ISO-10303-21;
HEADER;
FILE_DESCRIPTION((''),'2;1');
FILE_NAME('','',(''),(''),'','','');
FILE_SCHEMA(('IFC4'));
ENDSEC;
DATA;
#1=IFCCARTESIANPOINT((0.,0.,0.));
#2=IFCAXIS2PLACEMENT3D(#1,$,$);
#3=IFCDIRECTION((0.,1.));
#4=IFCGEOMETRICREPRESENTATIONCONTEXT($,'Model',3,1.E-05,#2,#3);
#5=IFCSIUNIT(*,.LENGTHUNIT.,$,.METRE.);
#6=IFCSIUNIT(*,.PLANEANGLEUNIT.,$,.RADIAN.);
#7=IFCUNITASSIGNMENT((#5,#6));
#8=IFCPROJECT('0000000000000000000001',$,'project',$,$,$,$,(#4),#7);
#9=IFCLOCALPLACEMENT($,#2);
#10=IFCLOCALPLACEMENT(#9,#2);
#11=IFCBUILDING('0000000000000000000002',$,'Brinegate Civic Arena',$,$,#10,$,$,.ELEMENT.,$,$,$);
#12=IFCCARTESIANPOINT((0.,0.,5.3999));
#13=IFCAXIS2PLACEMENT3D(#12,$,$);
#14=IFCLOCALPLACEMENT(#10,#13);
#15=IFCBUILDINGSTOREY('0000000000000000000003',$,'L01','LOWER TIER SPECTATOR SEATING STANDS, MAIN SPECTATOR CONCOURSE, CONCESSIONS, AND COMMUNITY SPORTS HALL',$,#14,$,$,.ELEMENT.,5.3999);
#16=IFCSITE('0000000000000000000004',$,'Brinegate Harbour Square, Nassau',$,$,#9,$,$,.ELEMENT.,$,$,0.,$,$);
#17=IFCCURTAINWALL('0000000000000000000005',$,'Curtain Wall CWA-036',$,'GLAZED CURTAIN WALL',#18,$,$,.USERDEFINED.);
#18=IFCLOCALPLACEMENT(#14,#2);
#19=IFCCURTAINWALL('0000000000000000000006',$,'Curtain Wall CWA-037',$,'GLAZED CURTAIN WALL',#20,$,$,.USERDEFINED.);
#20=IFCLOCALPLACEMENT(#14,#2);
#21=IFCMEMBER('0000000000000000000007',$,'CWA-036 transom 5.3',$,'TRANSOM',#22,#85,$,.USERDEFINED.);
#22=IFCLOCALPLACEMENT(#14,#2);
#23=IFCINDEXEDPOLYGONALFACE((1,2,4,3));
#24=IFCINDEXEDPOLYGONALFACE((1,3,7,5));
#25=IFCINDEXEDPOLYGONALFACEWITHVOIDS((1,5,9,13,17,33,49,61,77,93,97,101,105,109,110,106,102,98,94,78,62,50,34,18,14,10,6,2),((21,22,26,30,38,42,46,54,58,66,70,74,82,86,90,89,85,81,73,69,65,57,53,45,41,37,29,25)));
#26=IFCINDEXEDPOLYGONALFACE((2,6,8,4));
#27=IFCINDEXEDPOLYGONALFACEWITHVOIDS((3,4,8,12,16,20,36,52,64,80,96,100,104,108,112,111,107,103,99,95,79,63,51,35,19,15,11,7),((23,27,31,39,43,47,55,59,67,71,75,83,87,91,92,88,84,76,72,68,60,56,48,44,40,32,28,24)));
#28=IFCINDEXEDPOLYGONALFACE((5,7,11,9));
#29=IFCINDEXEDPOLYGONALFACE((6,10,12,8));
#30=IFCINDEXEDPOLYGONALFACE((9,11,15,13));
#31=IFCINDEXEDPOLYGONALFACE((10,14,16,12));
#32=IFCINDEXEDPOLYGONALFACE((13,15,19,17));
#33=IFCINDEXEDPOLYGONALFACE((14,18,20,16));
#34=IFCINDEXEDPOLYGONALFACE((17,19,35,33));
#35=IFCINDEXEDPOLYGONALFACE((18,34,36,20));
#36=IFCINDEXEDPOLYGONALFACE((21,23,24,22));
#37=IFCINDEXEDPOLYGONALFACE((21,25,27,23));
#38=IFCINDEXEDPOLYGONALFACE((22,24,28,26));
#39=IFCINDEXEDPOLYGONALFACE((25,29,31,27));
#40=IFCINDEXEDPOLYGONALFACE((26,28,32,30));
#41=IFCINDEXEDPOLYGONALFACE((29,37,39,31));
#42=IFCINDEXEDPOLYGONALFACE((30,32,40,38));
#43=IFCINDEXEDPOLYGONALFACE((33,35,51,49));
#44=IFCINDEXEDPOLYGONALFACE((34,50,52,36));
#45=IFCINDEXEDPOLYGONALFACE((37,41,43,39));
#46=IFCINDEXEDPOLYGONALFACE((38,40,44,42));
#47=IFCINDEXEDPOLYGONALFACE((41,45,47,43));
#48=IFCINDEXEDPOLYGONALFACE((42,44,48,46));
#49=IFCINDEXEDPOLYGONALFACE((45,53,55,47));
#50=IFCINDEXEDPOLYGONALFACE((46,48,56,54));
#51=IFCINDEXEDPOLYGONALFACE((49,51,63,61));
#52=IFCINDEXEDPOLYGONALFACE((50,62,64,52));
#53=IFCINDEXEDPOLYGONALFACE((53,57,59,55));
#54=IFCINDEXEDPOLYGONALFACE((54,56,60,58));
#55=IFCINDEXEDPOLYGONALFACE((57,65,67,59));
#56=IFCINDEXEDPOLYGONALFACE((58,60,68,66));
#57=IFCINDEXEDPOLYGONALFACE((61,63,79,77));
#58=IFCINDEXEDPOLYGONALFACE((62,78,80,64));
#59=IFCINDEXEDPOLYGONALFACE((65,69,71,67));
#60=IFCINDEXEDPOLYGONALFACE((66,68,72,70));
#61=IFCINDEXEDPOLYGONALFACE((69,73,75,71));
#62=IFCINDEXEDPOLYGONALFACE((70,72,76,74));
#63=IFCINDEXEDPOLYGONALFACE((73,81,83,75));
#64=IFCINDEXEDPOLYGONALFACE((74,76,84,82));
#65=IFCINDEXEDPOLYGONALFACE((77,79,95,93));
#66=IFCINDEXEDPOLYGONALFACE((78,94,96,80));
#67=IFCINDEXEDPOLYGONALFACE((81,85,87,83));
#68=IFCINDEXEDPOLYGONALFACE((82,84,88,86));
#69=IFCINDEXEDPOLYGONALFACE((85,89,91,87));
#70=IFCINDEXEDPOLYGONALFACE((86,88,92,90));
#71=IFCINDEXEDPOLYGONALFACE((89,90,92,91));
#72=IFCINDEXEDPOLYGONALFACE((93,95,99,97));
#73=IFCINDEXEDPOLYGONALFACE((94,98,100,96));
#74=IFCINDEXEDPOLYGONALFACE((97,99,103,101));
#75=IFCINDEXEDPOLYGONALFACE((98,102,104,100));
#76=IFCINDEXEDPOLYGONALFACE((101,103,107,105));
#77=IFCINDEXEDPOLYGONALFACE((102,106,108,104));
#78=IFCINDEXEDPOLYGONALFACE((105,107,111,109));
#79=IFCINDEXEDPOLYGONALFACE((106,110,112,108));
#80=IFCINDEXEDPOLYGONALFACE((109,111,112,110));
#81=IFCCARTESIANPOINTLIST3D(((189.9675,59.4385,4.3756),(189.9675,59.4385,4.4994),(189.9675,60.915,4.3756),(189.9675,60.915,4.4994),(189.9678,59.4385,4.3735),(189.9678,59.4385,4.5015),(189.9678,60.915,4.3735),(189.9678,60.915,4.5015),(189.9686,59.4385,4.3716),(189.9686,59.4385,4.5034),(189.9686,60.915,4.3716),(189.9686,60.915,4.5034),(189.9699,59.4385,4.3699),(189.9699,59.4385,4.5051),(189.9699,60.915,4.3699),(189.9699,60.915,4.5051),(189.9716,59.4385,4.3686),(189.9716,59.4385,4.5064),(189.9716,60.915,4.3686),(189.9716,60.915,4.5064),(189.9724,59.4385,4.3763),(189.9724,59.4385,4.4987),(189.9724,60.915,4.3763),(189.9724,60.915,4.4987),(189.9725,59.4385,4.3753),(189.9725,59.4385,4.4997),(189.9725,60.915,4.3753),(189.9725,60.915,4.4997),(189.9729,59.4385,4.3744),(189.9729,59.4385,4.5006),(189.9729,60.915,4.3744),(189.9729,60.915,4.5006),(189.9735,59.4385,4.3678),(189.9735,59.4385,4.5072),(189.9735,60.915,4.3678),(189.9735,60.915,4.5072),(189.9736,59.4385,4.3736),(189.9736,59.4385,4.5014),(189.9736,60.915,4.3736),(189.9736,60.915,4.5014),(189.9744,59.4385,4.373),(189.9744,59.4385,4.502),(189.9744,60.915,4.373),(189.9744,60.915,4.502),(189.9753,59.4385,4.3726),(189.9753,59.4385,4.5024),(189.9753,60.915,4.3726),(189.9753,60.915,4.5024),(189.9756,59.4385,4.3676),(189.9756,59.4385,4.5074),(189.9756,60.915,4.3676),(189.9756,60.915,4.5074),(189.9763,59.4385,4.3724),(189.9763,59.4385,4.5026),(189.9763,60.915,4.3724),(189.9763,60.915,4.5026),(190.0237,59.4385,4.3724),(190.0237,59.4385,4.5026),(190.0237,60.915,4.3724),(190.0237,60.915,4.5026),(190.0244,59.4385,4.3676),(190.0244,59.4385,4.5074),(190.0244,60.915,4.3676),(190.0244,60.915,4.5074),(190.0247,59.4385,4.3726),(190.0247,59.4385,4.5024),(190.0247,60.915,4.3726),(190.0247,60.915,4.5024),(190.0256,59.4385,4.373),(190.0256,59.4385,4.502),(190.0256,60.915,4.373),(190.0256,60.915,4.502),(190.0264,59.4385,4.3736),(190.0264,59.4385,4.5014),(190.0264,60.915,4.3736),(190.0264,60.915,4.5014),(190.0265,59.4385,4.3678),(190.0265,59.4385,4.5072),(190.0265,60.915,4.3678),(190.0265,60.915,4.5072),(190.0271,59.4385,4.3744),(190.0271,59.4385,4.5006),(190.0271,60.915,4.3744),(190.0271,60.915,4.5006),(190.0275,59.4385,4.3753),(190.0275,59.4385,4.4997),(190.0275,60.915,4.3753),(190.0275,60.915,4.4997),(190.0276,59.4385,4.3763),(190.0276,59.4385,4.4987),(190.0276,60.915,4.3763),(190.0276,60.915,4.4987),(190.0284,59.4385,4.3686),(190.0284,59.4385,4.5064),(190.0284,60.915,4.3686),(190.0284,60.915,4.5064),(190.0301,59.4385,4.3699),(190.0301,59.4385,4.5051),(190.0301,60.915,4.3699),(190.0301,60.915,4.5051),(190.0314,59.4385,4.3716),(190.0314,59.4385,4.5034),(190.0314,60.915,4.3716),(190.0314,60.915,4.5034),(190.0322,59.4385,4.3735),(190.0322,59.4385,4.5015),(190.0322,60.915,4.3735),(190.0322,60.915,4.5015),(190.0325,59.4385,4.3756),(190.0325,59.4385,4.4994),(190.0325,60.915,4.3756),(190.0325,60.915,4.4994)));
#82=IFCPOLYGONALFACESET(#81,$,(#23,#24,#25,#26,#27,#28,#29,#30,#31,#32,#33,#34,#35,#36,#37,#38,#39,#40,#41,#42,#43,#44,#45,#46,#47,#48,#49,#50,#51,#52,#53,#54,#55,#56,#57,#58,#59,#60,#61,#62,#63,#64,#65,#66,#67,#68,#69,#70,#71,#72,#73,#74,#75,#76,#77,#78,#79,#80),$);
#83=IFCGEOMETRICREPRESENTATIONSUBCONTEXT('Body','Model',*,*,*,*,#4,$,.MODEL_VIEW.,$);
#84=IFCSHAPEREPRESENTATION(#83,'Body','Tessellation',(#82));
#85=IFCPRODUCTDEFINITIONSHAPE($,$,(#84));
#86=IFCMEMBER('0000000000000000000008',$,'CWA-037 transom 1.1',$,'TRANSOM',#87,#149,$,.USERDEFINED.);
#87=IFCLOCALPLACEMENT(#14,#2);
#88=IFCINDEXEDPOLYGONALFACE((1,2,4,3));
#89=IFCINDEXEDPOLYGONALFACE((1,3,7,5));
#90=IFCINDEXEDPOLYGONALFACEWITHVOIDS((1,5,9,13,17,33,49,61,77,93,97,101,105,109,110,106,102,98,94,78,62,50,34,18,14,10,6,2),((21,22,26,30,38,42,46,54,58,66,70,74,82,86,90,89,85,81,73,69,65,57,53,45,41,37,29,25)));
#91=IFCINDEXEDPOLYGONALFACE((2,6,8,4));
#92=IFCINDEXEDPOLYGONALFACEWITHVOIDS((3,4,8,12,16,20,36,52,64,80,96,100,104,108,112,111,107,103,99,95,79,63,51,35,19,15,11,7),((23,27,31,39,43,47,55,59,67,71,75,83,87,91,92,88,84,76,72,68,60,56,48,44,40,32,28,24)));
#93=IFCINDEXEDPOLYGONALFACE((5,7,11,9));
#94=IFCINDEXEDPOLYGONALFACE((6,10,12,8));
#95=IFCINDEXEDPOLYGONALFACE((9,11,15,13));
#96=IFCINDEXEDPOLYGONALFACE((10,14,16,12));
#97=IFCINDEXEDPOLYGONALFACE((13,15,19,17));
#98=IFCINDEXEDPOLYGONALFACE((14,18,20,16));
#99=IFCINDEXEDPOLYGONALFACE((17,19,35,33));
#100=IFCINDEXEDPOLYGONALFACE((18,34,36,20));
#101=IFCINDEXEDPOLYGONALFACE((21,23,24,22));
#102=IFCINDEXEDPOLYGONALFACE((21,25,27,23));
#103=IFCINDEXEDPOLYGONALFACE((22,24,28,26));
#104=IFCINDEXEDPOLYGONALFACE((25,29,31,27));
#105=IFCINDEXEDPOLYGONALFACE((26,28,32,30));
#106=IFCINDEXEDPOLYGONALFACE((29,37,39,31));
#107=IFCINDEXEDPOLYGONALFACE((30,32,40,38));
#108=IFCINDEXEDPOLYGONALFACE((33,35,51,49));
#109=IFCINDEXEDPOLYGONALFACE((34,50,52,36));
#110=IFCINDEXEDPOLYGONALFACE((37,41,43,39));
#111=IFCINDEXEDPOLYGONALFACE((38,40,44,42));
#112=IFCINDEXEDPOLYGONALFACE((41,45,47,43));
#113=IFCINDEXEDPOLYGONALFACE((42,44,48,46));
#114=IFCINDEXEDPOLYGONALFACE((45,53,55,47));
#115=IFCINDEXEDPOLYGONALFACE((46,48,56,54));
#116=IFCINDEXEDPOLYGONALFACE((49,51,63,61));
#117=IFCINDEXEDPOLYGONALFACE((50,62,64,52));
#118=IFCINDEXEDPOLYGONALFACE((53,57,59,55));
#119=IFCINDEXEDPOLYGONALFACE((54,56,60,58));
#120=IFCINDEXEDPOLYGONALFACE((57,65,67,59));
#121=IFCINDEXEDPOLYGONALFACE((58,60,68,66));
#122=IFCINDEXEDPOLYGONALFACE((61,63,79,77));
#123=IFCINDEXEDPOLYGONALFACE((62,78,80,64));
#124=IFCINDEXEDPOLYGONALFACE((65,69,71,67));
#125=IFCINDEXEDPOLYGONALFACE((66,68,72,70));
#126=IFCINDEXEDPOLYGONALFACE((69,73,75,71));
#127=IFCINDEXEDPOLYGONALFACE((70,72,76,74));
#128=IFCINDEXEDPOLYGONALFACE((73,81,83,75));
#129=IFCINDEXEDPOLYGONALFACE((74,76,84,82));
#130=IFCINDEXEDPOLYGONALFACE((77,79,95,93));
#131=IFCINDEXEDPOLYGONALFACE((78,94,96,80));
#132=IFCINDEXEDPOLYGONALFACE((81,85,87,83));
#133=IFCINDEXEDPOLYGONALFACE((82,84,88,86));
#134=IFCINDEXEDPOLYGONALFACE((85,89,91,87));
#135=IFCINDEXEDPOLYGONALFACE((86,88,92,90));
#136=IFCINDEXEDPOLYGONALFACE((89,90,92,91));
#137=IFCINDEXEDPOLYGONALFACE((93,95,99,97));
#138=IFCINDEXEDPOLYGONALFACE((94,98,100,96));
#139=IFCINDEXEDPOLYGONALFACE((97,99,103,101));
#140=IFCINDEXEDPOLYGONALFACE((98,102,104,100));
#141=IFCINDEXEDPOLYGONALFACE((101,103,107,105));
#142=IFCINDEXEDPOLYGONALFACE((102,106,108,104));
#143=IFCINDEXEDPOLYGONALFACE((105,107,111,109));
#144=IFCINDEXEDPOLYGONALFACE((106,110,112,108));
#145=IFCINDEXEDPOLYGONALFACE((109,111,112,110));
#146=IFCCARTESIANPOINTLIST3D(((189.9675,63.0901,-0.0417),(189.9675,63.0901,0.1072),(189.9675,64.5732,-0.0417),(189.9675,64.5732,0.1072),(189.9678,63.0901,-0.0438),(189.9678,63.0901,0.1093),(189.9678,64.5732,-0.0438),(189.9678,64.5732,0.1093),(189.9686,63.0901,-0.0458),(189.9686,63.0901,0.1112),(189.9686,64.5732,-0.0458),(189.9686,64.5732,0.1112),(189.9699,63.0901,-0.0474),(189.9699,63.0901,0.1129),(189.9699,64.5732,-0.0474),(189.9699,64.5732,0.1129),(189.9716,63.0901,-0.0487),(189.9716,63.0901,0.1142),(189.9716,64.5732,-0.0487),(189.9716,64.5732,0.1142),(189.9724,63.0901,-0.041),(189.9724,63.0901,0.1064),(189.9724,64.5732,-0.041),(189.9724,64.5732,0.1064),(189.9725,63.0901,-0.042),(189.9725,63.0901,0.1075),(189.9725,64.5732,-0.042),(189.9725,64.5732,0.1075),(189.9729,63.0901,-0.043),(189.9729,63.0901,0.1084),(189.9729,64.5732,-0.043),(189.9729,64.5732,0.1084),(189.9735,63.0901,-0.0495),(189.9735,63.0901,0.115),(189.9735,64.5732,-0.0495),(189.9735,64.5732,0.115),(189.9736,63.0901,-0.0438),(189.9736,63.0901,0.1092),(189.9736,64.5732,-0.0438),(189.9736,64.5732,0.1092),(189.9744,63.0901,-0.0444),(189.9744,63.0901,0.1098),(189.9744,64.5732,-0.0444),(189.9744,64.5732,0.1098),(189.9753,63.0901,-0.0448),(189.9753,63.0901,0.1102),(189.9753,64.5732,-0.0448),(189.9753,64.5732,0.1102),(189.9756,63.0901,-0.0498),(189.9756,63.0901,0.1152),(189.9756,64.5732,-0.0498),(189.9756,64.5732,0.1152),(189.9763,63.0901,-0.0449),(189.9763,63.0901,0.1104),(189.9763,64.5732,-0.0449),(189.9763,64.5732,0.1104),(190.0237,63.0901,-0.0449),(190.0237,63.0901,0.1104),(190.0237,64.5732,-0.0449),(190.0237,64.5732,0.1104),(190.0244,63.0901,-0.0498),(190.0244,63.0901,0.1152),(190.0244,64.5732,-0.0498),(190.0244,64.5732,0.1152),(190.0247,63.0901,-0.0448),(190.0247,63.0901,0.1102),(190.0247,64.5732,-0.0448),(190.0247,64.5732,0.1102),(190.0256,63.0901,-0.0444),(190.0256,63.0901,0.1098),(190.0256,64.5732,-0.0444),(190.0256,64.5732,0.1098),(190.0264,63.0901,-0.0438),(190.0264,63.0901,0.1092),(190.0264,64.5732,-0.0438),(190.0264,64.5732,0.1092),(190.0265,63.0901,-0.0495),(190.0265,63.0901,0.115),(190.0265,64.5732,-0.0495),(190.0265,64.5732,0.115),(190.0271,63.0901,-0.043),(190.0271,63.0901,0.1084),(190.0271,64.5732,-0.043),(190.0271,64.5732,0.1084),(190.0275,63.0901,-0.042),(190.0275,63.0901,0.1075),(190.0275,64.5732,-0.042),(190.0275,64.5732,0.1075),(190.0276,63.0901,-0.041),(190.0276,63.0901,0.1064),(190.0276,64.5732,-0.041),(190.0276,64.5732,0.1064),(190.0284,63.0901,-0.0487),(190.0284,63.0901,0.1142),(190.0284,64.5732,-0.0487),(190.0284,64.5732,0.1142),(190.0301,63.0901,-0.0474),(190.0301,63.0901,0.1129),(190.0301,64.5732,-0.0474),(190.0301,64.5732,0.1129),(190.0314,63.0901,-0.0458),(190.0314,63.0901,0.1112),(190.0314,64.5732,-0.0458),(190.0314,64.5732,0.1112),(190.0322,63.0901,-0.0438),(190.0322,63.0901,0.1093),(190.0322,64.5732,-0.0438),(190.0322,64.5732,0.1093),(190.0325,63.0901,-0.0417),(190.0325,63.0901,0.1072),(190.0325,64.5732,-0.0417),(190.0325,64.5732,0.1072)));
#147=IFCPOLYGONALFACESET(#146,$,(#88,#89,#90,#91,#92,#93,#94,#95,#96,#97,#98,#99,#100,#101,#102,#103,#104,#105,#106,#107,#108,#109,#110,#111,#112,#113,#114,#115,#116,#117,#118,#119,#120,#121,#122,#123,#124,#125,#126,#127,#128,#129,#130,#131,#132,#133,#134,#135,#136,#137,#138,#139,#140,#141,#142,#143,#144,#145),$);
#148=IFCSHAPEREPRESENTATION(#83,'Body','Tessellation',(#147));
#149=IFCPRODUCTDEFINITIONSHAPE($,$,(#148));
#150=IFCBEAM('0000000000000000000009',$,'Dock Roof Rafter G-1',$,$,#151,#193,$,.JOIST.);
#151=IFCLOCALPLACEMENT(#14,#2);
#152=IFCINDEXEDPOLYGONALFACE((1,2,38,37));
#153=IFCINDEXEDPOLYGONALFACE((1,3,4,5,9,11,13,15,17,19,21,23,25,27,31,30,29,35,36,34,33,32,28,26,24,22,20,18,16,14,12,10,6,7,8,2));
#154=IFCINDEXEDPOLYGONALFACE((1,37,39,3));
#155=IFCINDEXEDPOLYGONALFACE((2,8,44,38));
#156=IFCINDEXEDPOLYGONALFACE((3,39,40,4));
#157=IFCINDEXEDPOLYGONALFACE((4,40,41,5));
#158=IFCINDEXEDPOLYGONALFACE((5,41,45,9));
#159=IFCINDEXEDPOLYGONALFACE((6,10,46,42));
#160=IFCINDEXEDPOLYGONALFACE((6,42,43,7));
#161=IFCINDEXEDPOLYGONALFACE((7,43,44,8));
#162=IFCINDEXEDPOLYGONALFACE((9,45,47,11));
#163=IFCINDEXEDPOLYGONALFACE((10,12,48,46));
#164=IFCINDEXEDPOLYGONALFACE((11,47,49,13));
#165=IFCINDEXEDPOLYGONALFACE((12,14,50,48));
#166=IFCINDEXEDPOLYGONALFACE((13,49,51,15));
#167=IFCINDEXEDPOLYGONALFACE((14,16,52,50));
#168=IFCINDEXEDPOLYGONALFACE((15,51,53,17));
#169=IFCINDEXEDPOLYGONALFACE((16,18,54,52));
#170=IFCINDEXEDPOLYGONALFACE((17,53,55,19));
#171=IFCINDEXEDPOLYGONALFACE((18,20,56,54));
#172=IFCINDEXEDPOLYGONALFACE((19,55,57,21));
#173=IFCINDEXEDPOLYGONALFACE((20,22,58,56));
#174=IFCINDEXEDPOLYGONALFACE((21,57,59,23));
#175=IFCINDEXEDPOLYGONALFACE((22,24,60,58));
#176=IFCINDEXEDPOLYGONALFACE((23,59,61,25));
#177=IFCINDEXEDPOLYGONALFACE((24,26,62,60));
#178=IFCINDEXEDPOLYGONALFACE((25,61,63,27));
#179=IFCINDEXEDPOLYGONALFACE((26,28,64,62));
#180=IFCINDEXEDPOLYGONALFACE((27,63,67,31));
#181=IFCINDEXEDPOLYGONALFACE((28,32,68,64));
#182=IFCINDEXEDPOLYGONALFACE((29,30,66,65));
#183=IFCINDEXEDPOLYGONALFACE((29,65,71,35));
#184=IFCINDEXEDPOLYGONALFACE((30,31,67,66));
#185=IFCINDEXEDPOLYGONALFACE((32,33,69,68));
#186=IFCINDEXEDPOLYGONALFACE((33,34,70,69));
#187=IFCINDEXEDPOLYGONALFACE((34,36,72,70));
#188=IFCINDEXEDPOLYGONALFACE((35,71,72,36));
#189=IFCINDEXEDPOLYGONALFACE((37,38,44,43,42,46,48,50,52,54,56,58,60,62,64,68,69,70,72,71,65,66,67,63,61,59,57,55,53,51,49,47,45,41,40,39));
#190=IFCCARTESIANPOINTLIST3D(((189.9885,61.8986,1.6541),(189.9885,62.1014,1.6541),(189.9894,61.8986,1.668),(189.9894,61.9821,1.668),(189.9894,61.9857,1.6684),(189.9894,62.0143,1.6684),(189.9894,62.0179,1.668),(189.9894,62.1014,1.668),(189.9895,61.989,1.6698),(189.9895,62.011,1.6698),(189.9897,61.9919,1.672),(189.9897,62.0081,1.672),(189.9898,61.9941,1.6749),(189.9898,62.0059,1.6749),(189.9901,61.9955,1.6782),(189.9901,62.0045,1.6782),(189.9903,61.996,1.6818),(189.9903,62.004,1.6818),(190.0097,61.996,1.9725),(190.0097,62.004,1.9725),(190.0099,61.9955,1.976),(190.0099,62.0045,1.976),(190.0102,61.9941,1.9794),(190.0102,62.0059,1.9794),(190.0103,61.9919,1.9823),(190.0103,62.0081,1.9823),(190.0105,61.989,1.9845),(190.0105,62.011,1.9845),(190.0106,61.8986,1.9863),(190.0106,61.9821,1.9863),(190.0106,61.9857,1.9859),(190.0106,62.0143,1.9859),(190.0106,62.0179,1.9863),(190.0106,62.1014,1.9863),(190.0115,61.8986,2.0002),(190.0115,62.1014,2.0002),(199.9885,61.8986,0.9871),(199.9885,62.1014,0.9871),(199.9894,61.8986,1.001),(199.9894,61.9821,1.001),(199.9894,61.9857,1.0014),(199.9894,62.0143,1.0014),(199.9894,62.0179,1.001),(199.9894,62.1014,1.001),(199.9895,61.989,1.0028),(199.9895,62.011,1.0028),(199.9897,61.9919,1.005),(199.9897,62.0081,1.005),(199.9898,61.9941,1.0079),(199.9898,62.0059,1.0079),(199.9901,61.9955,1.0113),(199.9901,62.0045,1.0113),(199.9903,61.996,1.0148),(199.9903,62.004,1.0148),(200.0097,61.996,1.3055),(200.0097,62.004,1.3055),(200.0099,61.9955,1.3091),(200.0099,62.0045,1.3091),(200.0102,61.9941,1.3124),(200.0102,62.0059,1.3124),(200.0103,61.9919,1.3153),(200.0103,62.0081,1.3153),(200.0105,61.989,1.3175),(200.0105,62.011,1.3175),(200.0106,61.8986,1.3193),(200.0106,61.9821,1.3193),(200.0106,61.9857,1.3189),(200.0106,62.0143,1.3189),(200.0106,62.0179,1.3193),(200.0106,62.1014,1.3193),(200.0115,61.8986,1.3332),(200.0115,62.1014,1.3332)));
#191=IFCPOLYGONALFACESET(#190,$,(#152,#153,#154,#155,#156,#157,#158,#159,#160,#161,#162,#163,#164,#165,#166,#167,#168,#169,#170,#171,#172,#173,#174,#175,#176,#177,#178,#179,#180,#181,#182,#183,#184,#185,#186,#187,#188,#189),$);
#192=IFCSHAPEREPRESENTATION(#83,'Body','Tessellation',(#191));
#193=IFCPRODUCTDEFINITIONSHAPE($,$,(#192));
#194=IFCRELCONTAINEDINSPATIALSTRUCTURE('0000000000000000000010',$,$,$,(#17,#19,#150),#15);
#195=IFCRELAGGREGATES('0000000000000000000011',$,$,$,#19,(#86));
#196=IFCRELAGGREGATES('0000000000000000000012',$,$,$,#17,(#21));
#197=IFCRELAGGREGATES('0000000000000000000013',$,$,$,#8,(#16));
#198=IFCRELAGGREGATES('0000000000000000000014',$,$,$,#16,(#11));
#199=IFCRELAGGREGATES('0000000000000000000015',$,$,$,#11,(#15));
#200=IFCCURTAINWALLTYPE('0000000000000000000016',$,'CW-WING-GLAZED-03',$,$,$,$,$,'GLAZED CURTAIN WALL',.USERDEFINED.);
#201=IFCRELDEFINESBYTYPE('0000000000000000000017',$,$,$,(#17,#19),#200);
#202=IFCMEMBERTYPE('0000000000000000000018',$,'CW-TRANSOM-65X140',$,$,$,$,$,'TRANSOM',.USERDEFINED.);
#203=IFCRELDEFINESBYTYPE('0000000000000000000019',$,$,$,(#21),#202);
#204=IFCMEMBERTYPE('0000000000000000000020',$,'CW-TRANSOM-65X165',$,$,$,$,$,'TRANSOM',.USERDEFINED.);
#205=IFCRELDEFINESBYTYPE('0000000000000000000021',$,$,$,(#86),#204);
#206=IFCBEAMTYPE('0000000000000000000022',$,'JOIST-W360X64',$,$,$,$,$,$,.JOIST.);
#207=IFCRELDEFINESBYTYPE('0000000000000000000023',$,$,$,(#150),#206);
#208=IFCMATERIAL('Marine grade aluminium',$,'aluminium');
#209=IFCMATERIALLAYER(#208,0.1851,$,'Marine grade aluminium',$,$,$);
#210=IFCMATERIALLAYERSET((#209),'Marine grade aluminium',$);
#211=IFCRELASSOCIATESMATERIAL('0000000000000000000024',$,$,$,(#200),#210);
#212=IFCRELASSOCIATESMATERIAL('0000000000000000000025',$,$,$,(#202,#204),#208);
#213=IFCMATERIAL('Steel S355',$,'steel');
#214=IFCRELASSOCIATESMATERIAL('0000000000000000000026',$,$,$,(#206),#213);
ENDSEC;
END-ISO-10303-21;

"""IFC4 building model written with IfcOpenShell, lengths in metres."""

from ifc_helpers import new_model, si_unit, direction, frame, origin, origin_2d, place, context, subcontext, project, spatial, hollow_rectangle, i_section, extrude, material, layer, layer_set, material_profile, profile_set, type_object, element, aggregate, save


model = new_model("IFC4")

# Units and contexts
model_context = context("Model", 3, precision=1e-05, world=origin(), true_north=direction((0.0, 1.0)))
body_context = subcontext(model_context, "Body", "Model", "MODEL_VIEW")
ifc_project = project(units=[si_unit("LENGTHUNIT", "METRE"), si_unit("PLANEANGLEUNIT", "RADIAN")], contexts=[model_context])

# Site, building, storey
site_placement = place(None, origin())
site = spatial("IfcSite", under=ifc_project, at=site_placement, Name="Brinegate Harbour Square, Nassau", CompositionType="ELEMENT", RefElevation=0.0)
building_placement = place(site_placement, origin())
building = spatial("IfcBuilding", under=site, at=building_placement, Name="Brinegate Civic Arena", CompositionType="ELEMENT")
storey_placement = place(building_placement, frame((0.0, 0.0, 5.3999)))
storey = spatial("IfcBuildingStorey", under=building, at=storey_placement, Name="L01", Description="LOWER TIER SPECTATOR SEATING STANDS, MAIN SPECTATOR CONCOURSE, CONCESSIONS, AND COMMUNITY SPORTS HALL", CompositionType="ELEMENT", Elevation=5.3999)

# Curtain wall
ifc_material_1 = material(Name="Marine grade aluminium", Category="aluminium")
ifc_layer_1 = layer(ifc_material_1, 0.1851, Name="Marine grade aluminium")
ifc_layer_set_1 = layer_set([ifc_layer_1], Name="Marine grade aluminium")
curtain_wall_type = type_object("IfcCurtainWallType", Name="CW-WING-GLAZED-03", ElementType="GLAZED CURTAIN WALL", PredefinedType="USERDEFINED", material=ifc_layer_set_1)
curtain_wall_1_placement = place(storey_placement, origin())
curtain_wall_1 = element("IfcCurtainWall", 1, at=curtain_wall_1_placement, inside=storey, type_object=curtain_wall_type, Name="Curtain Wall CWA-036", ObjectType="GLAZED CURTAIN WALL", PredefinedType="USERDEFINED")

# Curtain wall
curtain_wall_2_placement = place(storey_placement, origin())
curtain_wall_2 = element("IfcCurtainWall", 2, at=curtain_wall_2_placement, inside=storey, type_object=curtain_wall_type, Name="Curtain Wall CWA-037", ObjectType="GLAZED CURTAIN WALL", PredefinedType="USERDEFINED")

# Members
ifc_material_profile_1 = material_profile(ifc_material_1, hollow_rectangle(XDim=0.0649, YDim=0.1399, WallThickness=0.0049, InnerFilletRadius=0.0039, OuterFilletRadius=0.0081, at=origin_2d()), Name="TRN65X140")
ifc_profile_set_1 = profile_set([ifc_material_profile_1], Name="Marine grade aluminium")
member_type_1 = type_object("IfcMemberType", Name="CW-TRANSOM-65X140", ElementType="TRANSOM", PredefinedType="USERDEFINED", material=ifc_profile_set_1)
member_1_placement = place(storey_placement, frame((190.0, 59.4385, 4.4375), z_axis=(0.0, 1.0, 0.0), x_axis=(-1.0, 0.0, 0.0)))
member_1 = element("IfcMember", 3, at=member_1_placement, type_object=member_type_1, Name="CWA-036 transom 5.3", ObjectType="TRANSOM", PredefinedType="USERDEFINED", context=body_context, shape_type="SweptSolid", body=[
    extrude(hollow_rectangle(XDim=0.0649, YDim=0.1399, WallThickness=0.0049, InnerFilletRadius=0.0039, OuterFilletRadius=0.0081, at=origin_2d()), origin(), (0.0, 0.0, 1.0), 1.4766),
])
ifc_material_profile_2 = material_profile(ifc_material_1, hollow_rectangle(XDim=0.0649, YDim=0.165, WallThickness=0.0049, InnerFilletRadius=0.0039, OuterFilletRadius=0.0081, at=origin_2d()), Name="TRN65X165")
ifc_profile_set_2 = profile_set([ifc_material_profile_2], Name="Marine grade aluminium")
member_type_2 = type_object("IfcMemberType", Name="CW-TRANSOM-65X165", ElementType="TRANSOM", PredefinedType="USERDEFINED", material=ifc_profile_set_2)
member_2_placement = place(storey_placement, frame((190.0, 63.0901, 0.0327), z_axis=(0.0, 1.0, 0.0), x_axis=(-1.0, 0.0, 0.0)))
member_2 = element("IfcMember", 4, at=member_2_placement, type_object=member_type_2, Name="CWA-037 transom 1.1", ObjectType="TRANSOM", PredefinedType="USERDEFINED", context=body_context, shape_type="SweptSolid", body=[
    extrude(hollow_rectangle(XDim=0.0649, YDim=0.165, WallThickness=0.0049, InnerFilletRadius=0.0039, OuterFilletRadius=0.0081, at=origin_2d()), origin(), (0.0, 0.0, 1.0), 1.4832),
])
aggregate(curtain_wall_2, [member_2])

# Beam
ifc_material_2 = material(Name="Steel S355", Category="steel")
ifc_material_profile_3 = material_profile(ifc_material_2, i_section(OverallWidth=0.2029, OverallDepth=0.3469, WebThickness=0.0081, FlangeThickness=0.0139, FilletRadius=0.0139, at=origin_2d()), Name="W360X64")
ifc_profile_set_3 = profile_set([ifc_material_profile_3], Name="Steel S355")
beam_type_1 = type_object("IfcBeamType", Name="JOIST-W360X64", PredefinedType="JOIST", material=ifc_profile_set_3)
beam_1_placement = place(storey_placement, frame((190.0, 62.0, 1.8271), z_axis=(0.997783, 0.0, -0.066551), x_axis=(0.0, 1.0, 0.0)))
element("IfcBeam", 5, at=beam_1_placement, inside=storey, type_object=beam_type_1, Name="Dock Roof Rafter G-1", PredefinedType="JOIST", context=body_context, shape_type="SweptSolid", body=[
    extrude(i_section(OverallWidth=0.2029, OverallDepth=0.3469, WebThickness=0.0081, FlangeThickness=0.0139, FilletRadius=0.0139, at=origin_2d()), origin(), (0.0, 0.0, 1.0), 10.0222),
])

aggregate(curtain_wall_1, [member_1])

save(model, "model.ifc")
